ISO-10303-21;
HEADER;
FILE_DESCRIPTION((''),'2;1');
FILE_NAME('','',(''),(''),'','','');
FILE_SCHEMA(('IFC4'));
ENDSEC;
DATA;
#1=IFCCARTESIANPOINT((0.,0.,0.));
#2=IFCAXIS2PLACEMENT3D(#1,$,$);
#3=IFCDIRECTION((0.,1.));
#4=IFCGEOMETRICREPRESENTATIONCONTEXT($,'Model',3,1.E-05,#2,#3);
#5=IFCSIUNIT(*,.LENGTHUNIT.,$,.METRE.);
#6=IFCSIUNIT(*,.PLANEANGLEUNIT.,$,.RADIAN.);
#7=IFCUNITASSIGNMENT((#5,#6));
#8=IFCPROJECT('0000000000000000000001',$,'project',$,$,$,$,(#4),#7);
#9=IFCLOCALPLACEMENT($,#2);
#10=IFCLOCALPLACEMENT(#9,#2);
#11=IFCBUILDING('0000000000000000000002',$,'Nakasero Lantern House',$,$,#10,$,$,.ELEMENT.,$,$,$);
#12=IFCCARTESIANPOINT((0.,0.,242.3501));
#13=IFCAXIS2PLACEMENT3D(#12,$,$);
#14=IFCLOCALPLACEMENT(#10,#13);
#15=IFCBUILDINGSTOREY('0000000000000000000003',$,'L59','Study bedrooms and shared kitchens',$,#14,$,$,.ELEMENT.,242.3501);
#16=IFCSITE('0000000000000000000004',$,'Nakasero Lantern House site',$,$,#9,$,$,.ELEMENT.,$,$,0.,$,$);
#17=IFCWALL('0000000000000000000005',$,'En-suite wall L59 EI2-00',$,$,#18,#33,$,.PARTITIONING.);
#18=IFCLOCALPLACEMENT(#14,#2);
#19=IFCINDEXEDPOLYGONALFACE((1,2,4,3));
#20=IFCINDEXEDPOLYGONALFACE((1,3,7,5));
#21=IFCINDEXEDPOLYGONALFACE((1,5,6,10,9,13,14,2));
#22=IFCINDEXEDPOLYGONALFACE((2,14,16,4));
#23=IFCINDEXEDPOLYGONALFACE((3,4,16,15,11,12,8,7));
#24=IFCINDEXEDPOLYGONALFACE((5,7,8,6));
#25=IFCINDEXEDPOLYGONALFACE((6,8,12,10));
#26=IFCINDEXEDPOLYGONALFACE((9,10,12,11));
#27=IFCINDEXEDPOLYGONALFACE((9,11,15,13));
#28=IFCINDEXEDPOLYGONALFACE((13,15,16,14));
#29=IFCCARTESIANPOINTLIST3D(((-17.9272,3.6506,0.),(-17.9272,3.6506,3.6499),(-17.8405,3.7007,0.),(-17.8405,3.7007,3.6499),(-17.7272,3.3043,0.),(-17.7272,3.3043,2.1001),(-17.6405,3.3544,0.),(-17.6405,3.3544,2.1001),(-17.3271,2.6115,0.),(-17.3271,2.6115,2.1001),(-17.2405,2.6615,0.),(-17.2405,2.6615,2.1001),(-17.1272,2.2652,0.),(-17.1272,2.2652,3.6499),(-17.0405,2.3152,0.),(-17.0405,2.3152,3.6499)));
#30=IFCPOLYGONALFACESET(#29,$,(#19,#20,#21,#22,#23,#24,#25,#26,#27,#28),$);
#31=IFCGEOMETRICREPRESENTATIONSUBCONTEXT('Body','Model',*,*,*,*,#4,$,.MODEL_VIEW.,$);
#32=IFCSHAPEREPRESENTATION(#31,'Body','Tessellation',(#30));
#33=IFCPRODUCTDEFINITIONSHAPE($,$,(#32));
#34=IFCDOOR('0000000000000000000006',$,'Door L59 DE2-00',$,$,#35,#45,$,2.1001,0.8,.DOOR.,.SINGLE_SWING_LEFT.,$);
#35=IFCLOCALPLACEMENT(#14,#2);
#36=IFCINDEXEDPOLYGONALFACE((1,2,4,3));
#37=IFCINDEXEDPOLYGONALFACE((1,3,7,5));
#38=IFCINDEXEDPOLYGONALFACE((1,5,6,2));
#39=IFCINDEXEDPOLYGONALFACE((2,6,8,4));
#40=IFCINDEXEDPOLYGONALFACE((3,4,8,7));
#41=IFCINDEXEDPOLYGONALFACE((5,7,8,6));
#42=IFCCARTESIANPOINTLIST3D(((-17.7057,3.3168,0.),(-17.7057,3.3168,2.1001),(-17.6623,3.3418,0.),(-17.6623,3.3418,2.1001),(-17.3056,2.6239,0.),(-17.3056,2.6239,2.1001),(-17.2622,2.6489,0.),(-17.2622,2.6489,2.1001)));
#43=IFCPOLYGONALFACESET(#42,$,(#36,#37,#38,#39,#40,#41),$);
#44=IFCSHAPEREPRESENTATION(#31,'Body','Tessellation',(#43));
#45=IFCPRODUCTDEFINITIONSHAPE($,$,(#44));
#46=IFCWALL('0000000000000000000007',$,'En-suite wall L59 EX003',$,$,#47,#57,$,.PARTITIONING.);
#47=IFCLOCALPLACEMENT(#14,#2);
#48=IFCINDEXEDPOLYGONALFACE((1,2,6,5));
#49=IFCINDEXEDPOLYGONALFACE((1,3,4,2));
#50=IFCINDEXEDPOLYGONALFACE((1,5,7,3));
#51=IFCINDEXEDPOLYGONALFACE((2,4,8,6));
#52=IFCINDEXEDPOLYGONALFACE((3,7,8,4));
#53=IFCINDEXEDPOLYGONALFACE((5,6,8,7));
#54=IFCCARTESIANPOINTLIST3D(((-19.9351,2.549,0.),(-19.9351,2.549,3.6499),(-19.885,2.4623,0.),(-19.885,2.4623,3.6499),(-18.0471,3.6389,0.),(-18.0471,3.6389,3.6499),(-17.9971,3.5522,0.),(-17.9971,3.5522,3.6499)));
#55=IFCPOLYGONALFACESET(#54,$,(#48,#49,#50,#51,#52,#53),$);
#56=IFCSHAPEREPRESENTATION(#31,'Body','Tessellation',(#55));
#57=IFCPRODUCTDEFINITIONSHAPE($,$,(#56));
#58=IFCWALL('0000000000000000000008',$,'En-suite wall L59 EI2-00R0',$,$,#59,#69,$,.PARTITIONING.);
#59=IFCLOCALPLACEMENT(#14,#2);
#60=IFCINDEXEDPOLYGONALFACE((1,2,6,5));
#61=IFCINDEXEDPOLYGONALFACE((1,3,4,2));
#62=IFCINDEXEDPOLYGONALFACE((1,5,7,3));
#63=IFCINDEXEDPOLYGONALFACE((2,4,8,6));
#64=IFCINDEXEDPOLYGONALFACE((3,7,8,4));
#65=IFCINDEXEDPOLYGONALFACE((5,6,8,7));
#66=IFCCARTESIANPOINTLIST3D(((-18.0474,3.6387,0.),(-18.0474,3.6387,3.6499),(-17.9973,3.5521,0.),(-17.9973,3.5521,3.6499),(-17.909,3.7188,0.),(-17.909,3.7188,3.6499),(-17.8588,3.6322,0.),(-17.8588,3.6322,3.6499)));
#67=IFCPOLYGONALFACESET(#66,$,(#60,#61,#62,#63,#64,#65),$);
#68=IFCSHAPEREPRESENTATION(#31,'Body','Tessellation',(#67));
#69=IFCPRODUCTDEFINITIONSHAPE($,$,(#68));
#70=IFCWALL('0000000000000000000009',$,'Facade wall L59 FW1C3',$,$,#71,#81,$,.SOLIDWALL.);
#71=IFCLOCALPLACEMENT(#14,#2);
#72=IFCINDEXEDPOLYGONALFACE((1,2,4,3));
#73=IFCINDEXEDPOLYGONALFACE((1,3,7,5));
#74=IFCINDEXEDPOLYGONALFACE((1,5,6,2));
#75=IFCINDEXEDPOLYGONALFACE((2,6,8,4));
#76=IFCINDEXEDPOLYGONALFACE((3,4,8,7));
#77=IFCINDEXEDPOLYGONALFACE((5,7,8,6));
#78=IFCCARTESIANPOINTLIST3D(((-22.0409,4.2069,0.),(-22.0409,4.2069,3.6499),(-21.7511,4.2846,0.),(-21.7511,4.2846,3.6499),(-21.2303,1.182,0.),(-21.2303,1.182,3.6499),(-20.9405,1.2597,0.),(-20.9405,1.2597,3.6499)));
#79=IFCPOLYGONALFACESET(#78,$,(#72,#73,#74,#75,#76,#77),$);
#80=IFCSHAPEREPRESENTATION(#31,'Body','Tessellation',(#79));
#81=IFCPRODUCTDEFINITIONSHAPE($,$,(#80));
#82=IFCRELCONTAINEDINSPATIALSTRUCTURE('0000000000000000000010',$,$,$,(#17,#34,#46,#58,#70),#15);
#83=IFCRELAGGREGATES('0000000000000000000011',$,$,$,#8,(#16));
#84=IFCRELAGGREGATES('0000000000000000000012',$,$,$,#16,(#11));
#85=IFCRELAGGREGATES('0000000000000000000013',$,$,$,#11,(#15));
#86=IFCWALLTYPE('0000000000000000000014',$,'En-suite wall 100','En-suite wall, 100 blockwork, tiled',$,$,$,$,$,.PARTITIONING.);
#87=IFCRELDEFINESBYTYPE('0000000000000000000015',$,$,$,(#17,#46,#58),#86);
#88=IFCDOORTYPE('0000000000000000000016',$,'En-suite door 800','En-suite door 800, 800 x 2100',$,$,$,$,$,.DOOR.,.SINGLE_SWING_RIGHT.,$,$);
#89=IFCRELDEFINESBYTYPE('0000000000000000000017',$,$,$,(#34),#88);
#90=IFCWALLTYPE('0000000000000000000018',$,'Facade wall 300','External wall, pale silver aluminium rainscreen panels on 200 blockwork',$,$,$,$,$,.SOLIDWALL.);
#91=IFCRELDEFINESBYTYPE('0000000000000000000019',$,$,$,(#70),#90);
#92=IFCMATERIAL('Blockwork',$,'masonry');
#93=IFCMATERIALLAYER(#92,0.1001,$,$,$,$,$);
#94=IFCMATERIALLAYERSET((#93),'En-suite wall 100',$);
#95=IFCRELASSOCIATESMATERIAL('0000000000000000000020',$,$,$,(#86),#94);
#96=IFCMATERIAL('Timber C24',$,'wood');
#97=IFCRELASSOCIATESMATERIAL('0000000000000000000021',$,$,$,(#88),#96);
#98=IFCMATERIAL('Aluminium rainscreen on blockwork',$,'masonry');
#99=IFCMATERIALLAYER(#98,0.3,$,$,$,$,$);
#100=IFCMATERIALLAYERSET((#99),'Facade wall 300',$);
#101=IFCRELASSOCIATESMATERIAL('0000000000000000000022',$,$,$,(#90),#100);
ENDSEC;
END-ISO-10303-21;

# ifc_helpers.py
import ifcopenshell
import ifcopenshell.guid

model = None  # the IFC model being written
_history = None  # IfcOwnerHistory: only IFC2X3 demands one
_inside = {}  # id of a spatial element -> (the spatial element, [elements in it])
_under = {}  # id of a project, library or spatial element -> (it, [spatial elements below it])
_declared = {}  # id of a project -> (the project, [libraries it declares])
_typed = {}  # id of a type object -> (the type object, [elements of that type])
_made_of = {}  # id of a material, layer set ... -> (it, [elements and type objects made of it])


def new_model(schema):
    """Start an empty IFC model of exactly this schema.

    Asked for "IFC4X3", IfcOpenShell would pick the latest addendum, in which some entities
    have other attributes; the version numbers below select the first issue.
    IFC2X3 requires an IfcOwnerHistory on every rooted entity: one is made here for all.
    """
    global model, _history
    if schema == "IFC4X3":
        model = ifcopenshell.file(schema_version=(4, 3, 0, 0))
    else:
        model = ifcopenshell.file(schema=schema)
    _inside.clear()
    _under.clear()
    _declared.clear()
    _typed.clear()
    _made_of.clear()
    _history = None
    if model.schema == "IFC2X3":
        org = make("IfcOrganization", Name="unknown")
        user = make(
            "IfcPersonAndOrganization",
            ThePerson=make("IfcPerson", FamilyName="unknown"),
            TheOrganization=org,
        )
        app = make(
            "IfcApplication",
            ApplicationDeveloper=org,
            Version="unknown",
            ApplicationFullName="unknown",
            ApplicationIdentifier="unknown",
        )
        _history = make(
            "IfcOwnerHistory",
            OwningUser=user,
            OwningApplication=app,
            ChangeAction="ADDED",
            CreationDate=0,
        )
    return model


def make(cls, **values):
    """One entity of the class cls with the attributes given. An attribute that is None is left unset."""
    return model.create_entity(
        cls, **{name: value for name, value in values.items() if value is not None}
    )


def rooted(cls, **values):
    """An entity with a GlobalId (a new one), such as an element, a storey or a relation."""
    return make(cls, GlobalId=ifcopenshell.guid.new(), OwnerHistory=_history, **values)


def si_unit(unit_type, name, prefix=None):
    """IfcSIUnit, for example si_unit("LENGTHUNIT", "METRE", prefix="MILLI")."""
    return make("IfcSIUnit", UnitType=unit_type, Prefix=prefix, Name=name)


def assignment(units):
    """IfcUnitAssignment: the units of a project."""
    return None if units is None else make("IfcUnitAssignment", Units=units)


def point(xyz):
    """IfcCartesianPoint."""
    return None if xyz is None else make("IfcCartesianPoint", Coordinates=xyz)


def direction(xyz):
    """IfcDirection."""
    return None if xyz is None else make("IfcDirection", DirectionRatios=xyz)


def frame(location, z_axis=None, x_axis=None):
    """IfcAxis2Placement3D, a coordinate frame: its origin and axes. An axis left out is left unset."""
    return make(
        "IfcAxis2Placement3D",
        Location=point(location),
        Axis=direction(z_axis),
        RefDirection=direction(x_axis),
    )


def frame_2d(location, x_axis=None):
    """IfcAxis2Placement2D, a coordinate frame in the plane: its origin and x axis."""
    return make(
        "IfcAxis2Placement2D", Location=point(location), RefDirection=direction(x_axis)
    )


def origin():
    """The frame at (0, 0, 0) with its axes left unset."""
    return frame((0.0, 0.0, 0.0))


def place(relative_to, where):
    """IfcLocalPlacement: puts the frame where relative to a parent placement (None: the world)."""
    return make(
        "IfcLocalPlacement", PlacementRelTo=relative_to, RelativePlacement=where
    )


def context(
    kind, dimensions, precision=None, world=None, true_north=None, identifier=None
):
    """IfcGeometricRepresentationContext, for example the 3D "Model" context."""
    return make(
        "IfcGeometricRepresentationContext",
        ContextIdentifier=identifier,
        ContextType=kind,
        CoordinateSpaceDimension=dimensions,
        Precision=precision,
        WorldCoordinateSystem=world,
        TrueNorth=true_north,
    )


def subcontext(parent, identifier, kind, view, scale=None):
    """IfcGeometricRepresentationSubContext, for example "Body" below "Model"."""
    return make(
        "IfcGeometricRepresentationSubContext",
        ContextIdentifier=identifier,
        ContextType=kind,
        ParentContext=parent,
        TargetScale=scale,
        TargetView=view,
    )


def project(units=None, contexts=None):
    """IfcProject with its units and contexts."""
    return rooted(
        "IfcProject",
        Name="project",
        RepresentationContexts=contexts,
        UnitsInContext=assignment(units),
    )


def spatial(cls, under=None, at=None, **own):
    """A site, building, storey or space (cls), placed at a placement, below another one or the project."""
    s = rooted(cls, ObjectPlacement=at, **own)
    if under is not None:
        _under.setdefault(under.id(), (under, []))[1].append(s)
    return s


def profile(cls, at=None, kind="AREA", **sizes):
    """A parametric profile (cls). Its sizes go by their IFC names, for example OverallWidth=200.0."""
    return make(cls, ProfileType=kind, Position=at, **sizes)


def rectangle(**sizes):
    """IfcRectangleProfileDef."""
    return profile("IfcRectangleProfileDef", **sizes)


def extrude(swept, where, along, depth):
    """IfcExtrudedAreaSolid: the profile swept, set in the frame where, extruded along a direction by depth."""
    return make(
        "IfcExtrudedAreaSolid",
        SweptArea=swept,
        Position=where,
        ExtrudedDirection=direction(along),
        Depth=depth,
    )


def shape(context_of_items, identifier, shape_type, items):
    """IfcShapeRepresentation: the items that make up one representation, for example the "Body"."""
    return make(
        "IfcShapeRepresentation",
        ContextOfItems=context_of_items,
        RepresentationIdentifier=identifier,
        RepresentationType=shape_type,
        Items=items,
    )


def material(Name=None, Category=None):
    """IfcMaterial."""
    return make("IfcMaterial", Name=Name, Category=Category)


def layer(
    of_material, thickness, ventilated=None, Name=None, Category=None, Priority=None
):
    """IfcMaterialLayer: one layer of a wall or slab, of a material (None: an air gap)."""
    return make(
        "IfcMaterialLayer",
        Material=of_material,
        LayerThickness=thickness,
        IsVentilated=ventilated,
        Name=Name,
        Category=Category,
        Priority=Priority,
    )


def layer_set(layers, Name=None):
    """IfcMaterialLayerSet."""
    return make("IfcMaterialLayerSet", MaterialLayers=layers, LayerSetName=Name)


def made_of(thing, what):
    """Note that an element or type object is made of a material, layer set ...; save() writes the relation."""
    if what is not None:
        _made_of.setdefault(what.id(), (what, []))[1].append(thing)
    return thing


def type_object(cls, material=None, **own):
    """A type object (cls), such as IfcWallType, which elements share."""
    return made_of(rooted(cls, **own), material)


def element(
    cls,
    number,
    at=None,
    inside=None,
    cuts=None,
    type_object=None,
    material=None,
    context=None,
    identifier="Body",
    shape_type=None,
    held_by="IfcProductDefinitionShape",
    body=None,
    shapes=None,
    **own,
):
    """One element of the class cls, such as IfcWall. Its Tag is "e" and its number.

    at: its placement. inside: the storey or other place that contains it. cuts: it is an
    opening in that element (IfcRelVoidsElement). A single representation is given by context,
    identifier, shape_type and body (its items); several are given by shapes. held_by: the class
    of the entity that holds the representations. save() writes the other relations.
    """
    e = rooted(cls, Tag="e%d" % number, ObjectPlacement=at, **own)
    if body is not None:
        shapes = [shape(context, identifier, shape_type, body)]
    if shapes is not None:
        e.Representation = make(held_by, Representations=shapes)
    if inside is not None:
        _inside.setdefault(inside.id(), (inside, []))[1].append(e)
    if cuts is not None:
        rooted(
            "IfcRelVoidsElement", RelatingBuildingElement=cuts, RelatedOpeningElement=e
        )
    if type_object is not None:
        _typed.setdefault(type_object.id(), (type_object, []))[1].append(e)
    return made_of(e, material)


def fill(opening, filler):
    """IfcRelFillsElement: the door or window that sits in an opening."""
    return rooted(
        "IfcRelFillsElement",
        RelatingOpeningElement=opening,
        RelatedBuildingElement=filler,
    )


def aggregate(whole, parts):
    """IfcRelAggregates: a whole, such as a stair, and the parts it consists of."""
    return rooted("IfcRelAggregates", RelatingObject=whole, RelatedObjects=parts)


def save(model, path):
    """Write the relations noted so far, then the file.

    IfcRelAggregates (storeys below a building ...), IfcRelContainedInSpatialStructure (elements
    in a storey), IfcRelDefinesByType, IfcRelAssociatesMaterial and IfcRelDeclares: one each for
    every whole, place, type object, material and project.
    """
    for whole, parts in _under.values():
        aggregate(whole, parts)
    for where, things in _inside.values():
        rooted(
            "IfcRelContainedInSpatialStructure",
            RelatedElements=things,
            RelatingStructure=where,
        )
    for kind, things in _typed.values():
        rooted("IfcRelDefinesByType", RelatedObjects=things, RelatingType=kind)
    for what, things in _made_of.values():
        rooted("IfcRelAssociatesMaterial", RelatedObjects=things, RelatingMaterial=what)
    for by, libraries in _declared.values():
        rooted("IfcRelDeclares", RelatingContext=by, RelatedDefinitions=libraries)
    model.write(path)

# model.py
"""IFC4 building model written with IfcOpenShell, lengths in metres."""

from ifc_helpers import new_model, si_unit, direction, frame, frame_2d, origin, place, context, subcontext, project, spatial, rectangle, extrude, material, layer, layer_set, type_object, element, fill, save


model = new_model("IFC4")

# Units and contexts
model_context = context("Model", 3, precision=1e-05, world=origin(), true_north=direction((0.0, 1.0)))
body_context = subcontext(model_context, "Body", "Model", "MODEL_VIEW")
ifc_project = project(units=[si_unit("LENGTHUNIT", "METRE"), si_unit("PLANEANGLEUNIT", "RADIAN")], contexts=[model_context])

# Site, building, storey
site_placement = place(None, origin())
site = spatial("IfcSite", under=ifc_project, at=site_placement, Name="Nakasero Lantern House site", CompositionType="ELEMENT", RefElevation=0.0)
building_placement = place(site_placement, origin())
building = spatial("IfcBuilding", under=site, at=building_placement, Name="Nakasero Lantern House", CompositionType="ELEMENT")
storey_placement = place(building_placement, frame((0.0, 0.0, 242.3501)))
storey = spatial("IfcBuildingStorey", under=building, at=storey_placement, Name="L59", Description="Study bedrooms and shared kitchens", CompositionType="ELEMENT", Elevation=242.3501)

# Shared definitions
ifc_material_1 = material(Name="Blockwork", Category="masonry")
ifc_layer_1 = layer(ifc_material_1, 0.1001)
ifc_layer_set_1 = layer_set([ifc_layer_1], Name="En-suite wall 100")
wall_type_1 = type_object("IfcWallType", Name="En-suite wall 100", Description="En-suite wall, 100 blockwork, tiled", PredefinedType="PARTITIONING", material=ifc_layer_set_1)

# Wall, opening, door
wall_1_placement = place(storey_placement, frame((-17.8838, 3.6755, 0.0), z_axis=(0.0, 0.0, 1.0), x_axis=(0.500061, -0.86599, 0.0)))
wall_1 = element("IfcWall", 1, at=wall_1_placement, inside=storey, type_object=wall_type_1, Name="En-suite wall L59 EI2-00", PredefinedType="PARTITIONING", context=body_context, shape_type="SweptSolid", body=[
    extrude(rectangle(XDim=1.5999, YDim=0.1001, at=frame_2d((0.7998, 0.0))), origin(), (0.0, 0.0, 1.0), 3.6499),
])
opening_1_placement = place(wall_1_placement, frame((0.3999, 0.0, 0.0)))
opening_1 = element("IfcOpeningElement", 2, at=opening_1_placement, cuts=wall_1, PredefinedType="OPENING", context=body_context, shape_type="SweptSolid", body=[
    extrude(rectangle(XDim=0.8, YDim=2.1001, at=frame_2d((0.3999, 1.05))), frame((0.0, 0.0701, 0.0), z_axis=(0.0, -1.0, 0.0), x_axis=(1.0, 0.0, 0.0)), (0.0, 0.0, 1.0), 0.1401),
])
ifc_material_2 = material(Name="Timber C24", Category="wood")
door_type_1 = type_object("IfcDoorType", Name="En-suite door 800", Description="En-suite door 800, 800 x 2100", OperationType="SINGLE_SWING_RIGHT", PredefinedType="DOOR", material=ifc_material_2)
door_1_placement = place(opening_1_placement, origin())
door_1 = element("IfcDoor", 3, at=door_1_placement, inside=storey, type_object=door_type_1, Name="Door L59 DE2-00", OperationType="SINGLE_SWING_LEFT", OverallHeight=2.1001, OverallWidth=0.8, PredefinedType="DOOR", context=body_context, shape_type="SweptSolid", body=[
    extrude(rectangle(XDim=0.8, YDim=2.1001, at=frame_2d((0.3999, 1.05))), frame((0.0, 0.0249, 0.0), z_axis=(0.0, -1.0, 0.0), x_axis=(1.0, 0.0, 0.0)), (0.0, 0.0, 1.0), 0.05),
])
fill(opening_1, door_1)

# Walls
wall_2_placement = place(storey_placement, frame((-18.0222, 3.5955, 0.0), z_axis=(0.0, 0.0, 1.0), x_axis=(-0.866057, -0.499945, 0.0)))
element("IfcWall", 4, at=wall_2_placement, inside=storey, type_object=wall_type_1, Name="En-suite wall L59 EX003", PredefinedType="PARTITIONING", context=body_context, shape_type="SweptSolid", body=[
    extrude(rectangle(XDim=2.1799, YDim=0.1001, at=frame_2d((1.0898, 0.0))), origin(), (0.0, 0.0, 1.0), 3.6499),
])
wall_3_placement = place(storey_placement, frame((-17.8838, 3.6755, 0.0), z_axis=(0.0, 0.0, 1.0), x_axis=(-0.8656, -0.500735, 0.0)))
element("IfcWall", 5, at=wall_3_placement, inside=storey, type_object=wall_type_1, Name="En-suite wall L59 EI2-00R0", PredefinedType="PARTITIONING", context=body_context, shape_type="SweptSolid", body=[
    extrude(rectangle(XDim=0.1599, YDim=0.1001, at=frame_2d((0.0801, 0.0))), origin(), (0.0, 0.0, 1.0), 3.6499),
])
ifc_material_3 = material(Name="Aluminium rainscreen on blockwork", Category="masonry")
ifc_layer_2 = layer(ifc_material_3, 0.3)
ifc_layer_set_2 = layer_set([ifc_layer_2], Name="Facade wall 300")
wall_type_2 = type_object("IfcWallType", Name="Facade wall 300", Description="External wall, pale silver aluminium rainscreen panels on 200 blockwork", PredefinedType="SOLIDWALL", material=ifc_layer_set_2)
wall_4_placement = place(storey_placement, frame((-21.896, 4.2458, 0.0), z_axis=(0.0, 0.0, 1.0), x_axis=(0.258827, -0.965924, 0.0)))
element("IfcWall", 6, at=wall_4_placement, inside=storey, type_object=wall_type_2, Name="Facade wall L59 FW1C3", PredefinedType="SOLIDWALL", context=body_context, shape_type="SweptSolid", body=[
    extrude(rectangle(XDim=3.1316, YDim=0.3, at=frame_2d((1.5659, 0.0))), origin(), (0.0, 0.0, 1.0), 3.6499),
])

save(model, "model.ifc")
